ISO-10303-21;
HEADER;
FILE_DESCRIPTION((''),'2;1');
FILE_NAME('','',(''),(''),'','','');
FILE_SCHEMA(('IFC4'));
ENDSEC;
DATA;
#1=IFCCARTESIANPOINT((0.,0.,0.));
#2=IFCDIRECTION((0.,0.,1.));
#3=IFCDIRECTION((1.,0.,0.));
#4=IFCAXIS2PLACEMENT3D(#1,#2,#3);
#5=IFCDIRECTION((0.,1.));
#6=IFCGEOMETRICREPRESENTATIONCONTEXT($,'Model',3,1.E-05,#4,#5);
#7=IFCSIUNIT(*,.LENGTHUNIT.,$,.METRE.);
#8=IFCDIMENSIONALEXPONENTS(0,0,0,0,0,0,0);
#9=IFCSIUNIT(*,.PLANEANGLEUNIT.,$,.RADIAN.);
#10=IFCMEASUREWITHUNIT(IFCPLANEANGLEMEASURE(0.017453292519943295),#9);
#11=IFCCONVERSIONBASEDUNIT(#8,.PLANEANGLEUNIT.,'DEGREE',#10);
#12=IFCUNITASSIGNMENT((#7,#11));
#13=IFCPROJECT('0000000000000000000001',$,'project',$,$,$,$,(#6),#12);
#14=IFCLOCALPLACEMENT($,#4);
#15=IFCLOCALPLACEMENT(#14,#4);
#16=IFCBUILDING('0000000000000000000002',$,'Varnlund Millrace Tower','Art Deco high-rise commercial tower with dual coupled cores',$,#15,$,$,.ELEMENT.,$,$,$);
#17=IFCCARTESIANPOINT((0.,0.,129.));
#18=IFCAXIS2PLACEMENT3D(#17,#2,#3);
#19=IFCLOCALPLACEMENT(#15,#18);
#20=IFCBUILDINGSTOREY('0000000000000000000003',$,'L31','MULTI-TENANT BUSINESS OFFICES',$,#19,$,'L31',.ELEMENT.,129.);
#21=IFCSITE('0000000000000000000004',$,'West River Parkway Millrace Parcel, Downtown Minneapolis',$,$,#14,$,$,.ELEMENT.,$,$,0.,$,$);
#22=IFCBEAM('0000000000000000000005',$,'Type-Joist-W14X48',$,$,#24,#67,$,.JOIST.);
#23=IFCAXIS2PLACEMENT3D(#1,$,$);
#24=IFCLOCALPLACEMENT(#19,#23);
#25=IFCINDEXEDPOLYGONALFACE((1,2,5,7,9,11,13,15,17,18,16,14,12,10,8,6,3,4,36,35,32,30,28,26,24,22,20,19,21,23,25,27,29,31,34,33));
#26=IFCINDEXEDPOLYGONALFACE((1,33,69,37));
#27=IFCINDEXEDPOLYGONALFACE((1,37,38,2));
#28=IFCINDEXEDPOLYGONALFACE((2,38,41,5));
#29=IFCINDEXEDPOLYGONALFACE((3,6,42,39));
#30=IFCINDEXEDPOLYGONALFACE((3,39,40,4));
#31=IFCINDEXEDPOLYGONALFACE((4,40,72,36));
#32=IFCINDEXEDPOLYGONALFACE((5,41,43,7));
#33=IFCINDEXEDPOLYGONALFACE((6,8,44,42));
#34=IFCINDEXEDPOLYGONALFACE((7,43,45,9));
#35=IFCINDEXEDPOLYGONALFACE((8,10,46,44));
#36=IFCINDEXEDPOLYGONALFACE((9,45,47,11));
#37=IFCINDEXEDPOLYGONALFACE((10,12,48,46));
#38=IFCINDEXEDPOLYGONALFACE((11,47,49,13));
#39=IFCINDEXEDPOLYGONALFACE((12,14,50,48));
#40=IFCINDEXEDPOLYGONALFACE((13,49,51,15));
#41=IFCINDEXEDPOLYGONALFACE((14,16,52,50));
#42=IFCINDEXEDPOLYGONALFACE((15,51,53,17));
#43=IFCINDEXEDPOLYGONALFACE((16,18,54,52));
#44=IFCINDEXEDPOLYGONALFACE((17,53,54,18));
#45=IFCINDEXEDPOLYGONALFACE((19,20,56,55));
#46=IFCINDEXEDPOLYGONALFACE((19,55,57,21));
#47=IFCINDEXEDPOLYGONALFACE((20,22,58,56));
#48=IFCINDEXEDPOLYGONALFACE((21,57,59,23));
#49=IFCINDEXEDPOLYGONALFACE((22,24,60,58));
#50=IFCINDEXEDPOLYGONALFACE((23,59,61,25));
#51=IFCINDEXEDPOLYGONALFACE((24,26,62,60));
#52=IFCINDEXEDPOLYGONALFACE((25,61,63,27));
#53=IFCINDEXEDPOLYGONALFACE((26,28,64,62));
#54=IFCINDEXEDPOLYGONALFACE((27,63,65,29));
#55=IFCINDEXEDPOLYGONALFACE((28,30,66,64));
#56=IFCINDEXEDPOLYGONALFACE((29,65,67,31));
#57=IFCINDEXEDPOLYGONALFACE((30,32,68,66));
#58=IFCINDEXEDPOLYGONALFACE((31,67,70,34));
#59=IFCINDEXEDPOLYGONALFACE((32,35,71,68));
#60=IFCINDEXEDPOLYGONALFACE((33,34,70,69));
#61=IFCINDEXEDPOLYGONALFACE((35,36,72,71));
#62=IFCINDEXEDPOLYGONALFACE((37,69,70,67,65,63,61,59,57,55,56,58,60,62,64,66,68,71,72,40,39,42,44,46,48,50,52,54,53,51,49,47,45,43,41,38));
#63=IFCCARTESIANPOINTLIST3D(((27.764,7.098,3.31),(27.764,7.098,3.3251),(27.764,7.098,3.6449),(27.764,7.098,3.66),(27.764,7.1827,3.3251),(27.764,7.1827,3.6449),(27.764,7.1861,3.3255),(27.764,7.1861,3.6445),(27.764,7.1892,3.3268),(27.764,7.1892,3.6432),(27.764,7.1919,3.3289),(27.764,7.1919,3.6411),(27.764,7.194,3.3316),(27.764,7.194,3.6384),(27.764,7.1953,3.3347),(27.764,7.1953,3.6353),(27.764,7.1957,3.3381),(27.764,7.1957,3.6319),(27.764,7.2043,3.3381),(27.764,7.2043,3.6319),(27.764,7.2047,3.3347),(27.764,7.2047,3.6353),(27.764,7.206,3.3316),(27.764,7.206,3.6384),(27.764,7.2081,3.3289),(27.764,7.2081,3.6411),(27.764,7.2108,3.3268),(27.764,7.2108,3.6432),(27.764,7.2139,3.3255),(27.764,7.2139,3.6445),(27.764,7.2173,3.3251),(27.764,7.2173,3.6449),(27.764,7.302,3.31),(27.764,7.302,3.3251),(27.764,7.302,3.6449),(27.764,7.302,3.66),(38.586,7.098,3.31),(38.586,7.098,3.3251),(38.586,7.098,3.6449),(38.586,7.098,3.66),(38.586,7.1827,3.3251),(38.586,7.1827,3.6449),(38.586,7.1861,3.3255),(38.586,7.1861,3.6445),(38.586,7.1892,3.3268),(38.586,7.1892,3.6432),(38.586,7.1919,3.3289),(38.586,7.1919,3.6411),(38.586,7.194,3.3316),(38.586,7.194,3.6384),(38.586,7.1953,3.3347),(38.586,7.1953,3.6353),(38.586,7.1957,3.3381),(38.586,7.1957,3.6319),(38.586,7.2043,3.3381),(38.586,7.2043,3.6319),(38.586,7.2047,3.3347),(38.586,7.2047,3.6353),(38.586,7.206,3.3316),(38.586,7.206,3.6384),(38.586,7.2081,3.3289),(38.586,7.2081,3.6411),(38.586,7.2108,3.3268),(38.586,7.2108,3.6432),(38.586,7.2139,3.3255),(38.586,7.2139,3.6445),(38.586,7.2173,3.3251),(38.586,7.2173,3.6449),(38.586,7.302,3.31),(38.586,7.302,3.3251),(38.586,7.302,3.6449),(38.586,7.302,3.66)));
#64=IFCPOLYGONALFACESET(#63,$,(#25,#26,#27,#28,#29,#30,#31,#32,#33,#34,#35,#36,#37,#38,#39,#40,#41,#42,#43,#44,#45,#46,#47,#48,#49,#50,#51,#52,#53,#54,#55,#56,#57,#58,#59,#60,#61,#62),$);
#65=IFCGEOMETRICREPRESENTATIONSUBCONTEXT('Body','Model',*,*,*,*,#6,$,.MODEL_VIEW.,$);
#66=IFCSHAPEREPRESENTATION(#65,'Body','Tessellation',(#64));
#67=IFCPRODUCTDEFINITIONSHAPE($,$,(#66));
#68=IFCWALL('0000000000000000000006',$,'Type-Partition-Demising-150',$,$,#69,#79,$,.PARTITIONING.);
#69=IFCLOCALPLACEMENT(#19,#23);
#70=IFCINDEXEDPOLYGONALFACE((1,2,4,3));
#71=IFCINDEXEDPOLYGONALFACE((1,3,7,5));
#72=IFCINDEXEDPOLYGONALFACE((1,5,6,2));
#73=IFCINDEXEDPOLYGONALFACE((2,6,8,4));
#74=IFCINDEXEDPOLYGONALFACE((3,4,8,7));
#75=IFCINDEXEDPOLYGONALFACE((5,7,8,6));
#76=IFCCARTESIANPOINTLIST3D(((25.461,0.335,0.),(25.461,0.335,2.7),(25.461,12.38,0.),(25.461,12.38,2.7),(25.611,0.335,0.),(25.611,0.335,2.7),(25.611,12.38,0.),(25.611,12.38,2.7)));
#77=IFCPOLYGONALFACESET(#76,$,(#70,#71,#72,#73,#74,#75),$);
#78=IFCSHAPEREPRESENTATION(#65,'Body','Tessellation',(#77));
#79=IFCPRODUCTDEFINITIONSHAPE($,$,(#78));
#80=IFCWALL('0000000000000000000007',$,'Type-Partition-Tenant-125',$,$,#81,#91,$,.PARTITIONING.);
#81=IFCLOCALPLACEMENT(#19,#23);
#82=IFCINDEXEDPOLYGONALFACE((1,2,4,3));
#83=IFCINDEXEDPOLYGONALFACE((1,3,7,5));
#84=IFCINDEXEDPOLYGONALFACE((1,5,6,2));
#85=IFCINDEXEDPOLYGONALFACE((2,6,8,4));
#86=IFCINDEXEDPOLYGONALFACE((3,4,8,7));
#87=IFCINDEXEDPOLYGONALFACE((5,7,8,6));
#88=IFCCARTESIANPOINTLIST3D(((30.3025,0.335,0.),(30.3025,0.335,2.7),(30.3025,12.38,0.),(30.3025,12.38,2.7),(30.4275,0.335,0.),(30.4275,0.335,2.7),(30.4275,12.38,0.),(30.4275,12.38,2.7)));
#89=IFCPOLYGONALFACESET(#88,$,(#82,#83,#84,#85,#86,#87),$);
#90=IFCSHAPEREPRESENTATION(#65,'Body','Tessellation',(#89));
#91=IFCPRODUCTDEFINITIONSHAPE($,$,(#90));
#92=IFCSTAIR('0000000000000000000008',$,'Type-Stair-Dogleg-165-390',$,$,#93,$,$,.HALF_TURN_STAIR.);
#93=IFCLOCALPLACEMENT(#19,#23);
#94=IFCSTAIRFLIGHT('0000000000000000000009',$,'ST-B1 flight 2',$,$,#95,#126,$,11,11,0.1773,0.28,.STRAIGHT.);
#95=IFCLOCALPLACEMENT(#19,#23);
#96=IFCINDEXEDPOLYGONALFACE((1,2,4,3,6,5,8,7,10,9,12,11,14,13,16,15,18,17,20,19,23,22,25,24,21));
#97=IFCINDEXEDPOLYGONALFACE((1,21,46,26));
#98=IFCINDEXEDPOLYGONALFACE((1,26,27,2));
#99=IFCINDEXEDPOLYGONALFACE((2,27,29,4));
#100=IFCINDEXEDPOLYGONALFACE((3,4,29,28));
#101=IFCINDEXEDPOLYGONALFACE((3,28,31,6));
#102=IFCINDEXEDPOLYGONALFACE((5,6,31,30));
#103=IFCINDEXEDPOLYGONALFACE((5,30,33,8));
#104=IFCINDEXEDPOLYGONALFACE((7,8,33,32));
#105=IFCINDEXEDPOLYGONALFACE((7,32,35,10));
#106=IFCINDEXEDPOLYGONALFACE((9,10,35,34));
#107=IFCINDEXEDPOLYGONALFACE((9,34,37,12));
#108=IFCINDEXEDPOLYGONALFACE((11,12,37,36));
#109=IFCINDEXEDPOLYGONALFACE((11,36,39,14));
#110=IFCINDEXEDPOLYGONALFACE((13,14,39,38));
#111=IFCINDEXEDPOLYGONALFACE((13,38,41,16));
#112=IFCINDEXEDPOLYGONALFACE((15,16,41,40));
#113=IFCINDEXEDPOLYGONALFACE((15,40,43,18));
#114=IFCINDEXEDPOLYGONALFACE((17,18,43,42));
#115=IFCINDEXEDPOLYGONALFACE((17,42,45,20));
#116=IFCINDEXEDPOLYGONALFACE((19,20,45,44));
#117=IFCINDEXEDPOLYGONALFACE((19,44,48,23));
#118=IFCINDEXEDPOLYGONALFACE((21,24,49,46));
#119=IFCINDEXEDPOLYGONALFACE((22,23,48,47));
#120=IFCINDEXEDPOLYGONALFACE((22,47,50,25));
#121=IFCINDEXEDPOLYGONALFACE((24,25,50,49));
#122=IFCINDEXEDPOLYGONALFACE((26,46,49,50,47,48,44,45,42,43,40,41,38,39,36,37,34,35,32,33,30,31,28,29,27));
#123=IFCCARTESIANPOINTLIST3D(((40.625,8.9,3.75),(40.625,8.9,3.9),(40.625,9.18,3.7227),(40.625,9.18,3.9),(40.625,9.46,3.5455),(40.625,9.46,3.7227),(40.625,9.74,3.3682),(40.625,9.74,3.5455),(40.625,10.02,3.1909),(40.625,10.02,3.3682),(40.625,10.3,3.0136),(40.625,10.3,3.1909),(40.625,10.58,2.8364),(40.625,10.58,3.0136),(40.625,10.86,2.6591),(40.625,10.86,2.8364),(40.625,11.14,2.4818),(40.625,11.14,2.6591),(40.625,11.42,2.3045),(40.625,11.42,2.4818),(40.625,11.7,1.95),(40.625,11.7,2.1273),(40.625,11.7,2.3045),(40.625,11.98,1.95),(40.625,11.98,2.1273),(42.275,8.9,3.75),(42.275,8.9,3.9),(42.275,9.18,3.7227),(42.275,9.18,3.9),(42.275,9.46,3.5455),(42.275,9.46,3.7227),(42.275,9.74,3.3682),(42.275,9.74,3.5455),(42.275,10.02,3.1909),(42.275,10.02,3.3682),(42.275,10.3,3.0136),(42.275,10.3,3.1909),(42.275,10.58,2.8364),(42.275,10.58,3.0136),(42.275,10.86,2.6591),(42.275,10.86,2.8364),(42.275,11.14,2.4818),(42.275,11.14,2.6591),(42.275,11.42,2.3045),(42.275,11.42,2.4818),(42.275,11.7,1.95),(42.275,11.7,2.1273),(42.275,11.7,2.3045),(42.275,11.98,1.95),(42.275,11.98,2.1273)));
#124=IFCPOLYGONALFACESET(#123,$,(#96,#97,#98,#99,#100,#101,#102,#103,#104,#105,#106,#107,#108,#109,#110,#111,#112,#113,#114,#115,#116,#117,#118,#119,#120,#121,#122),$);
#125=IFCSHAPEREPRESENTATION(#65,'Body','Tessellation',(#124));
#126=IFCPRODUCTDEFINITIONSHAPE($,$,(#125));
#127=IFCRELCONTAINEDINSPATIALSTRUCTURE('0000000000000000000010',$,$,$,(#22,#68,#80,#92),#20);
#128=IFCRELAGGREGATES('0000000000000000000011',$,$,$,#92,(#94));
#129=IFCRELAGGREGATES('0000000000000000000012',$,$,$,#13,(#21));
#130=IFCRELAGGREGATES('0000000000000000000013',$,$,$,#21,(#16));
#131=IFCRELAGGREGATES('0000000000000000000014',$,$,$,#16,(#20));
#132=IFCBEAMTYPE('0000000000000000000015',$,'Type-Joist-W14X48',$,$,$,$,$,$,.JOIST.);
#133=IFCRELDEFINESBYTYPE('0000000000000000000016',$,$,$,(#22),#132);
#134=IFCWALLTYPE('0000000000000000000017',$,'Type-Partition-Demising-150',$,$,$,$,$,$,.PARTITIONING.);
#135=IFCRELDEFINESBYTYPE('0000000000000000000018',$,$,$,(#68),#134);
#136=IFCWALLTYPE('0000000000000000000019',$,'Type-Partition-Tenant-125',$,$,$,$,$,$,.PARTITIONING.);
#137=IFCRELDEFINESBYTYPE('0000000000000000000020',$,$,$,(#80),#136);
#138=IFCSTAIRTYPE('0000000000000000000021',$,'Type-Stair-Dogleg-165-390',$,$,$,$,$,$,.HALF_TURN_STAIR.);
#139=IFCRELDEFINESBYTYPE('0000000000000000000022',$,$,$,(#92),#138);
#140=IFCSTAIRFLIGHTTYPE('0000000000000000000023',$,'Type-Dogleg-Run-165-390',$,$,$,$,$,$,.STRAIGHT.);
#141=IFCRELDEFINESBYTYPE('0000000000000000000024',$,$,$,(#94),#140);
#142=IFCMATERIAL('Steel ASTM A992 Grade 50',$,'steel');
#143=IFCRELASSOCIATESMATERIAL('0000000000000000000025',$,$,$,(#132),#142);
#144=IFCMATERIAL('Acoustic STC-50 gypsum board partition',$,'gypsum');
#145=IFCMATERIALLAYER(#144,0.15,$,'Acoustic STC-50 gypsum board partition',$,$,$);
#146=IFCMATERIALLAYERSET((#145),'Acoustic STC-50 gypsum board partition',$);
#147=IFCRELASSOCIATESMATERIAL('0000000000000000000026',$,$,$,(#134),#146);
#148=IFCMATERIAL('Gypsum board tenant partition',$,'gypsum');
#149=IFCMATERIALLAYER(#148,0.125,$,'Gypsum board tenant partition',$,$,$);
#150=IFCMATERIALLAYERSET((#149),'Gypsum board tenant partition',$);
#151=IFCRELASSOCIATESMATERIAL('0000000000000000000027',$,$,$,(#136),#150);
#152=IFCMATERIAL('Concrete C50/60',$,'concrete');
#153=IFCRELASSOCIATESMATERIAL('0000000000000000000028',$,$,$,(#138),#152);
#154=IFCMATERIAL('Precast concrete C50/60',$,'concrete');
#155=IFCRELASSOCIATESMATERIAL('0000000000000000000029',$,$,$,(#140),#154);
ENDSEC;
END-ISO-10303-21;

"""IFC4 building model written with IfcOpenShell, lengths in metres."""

from ifc_helpers import new_model, entity, si_unit, converted_unit, direction, frame, origin_with_axes, origin_2d_with_axis, place, context, subcontext, project, spatial, polyline, i_section, outline, extrude, material, layer, layer_set, material_profile, profile_set, type_object, element, aggregate, save


model = new_model("IFC4")

# Units and contexts
model_context = context("Model", 3, precision=1e-05, world=origin_with_axes(), true_north=direction((0.0, 1.0)))
body_context = subcontext(model_context, "Body", "Model", "MODEL_VIEW")
ifc_project = project(units=[si_unit("LENGTHUNIT", "METRE"), converted_unit("PLANEANGLEUNIT", "DEGREE", entity("IfcPlaneAngleMeasure", 0.017453292519943295), si_unit("PLANEANGLEUNIT", "RADIAN"), dimensions=[0, 0, 0, 0, 0, 0, 0])], contexts=[model_context])

# Site, building, storey
site_placement = place(None, origin_with_axes())
site = spatial("IfcSite", under=ifc_project, at=site_placement, Name="West River Parkway Millrace Parcel, Downtown Minneapolis", CompositionType="ELEMENT", RefElevation=0.0)
building_placement = place(site_placement, origin_with_axes())
building = spatial("IfcBuilding", under=site, at=building_placement, Name="Varnlund Millrace Tower", Description="Art Deco high-rise commercial tower with dual coupled cores", CompositionType="ELEMENT")
storey_placement = place(building_placement, frame((0.0, 0.0, 129.0), z_axis=(0.0, 0.0, 1.0), x_axis=(1.0, 0.0, 0.0)))
storey = spatial("IfcBuildingStorey", under=building, at=storey_placement, Name="L31", Description="MULTI-TENANT BUSINESS OFFICES", LongName="L31", CompositionType="ELEMENT", Elevation=129.0)

# Beam
ifc_material_1 = material(Name="Steel ASTM A992 Grade 50", Category="steel")
ifc_material_profile_1 = material_profile(ifc_material_1, i_section(OverallWidth=0.204, OverallDepth=0.35, WebThickness=0.0086, FlangeThickness=0.0151, FilletRadius=0.013, at=origin_2d_with_axis()), Name="Steel ASTM A992 Grade 50")
ifc_profile_set_1 = profile_set([ifc_material_profile_1], Name="Steel ASTM A992 Grade 50")
beam_type_1 = type_object("IfcBeamType", Name="Type-Joist-W14X48", PredefinedType="JOIST", material=ifc_profile_set_1)
beam_1_placement = place(storey_placement, frame((27.764, 7.2, 3.485), z_axis=(1.0, 0.0, 0.0), x_axis=(0.0, 1.0, 0.0)))
element("IfcBeam", 1, at=beam_1_placement, inside=storey, type_object=beam_type_1, Name="Type-Joist-W14X48", PredefinedType="JOIST", context=body_context, shape_type="SweptSolid", body=[
    extrude(i_section(OverallWidth=0.204, OverallDepth=0.35, WebThickness=0.0086, FlangeThickness=0.0151, FilletRadius=0.013, at=origin_2d_with_axis()), origin_with_axes(), (0.0, 0.0, 1.0), 10.822),
])

# Walls
ifc_material_2 = material(Name="Acoustic STC-50 gypsum board partition", Category="gypsum")
ifc_layer_1 = layer(ifc_material_2, 0.15, Name="Acoustic STC-50 gypsum board partition")
ifc_layer_set_1 = layer_set([ifc_layer_1], Name="Acoustic STC-50 gypsum board partition")
wall_type_1 = type_object("IfcWallType", Name="Type-Partition-Demising-150", PredefinedType="PARTITIONING", material=ifc_layer_set_1)
wall_1_placement = place(storey_placement, frame((25.536, 0.335, 0.0), z_axis=(0.0, 0.0, 1.0), x_axis=(0.0, 1.0, 0.0)))
element("IfcWall", 2, at=wall_1_placement, inside=storey, type_object=wall_type_1, Name="Type-Partition-Demising-150", PredefinedType="PARTITIONING", context=body_context, shape_type="SweptSolid", body=[
    extrude(outline(polyline([(0.0, -0.075), (12.045, -0.075), (12.045, 0.075), (0.0, 0.075), (0.0, -0.075)])), origin_with_axes(), (0.0, 0.0, 1.0), 2.7),
])
ifc_material_3 = material(Name="Gypsum board tenant partition", Category="gypsum")
ifc_layer_2 = layer(ifc_material_3, 0.125, Name="Gypsum board tenant partition")
ifc_layer_set_2 = layer_set([ifc_layer_2], Name="Gypsum board tenant partition")
wall_type_2 = type_object("IfcWallType", Name="Type-Partition-Tenant-125", PredefinedType="PARTITIONING", material=ifc_layer_set_2)
wall_2_placement = place(storey_placement, frame((30.365, 0.335, 0.0), z_axis=(0.0, 0.0, 1.0), x_axis=(0.0, 1.0, 0.0)))
element("IfcWall", 3, at=wall_2_placement, inside=storey, type_object=wall_type_2, Name="Type-Partition-Tenant-125", PredefinedType="PARTITIONING", context=body_context, shape_type="SweptSolid", body=[
    extrude(outline(polyline([(0.0, -0.0625), (12.045, -0.0625), (12.045, 0.0625), (0.0, 0.0625), (0.0, -0.0625)])), origin_with_axes(), (0.0, 0.0, 1.0), 2.7),
])

# Stair, stair flight
ifc_material_4 = material(Name="Concrete C50/60", Category="concrete")
stair_type = type_object("IfcStairType", Name="Type-Stair-Dogleg-165-390", PredefinedType="HALF_TURN_STAIR", material=ifc_material_4)
stair_placement = place(storey_placement, origin_with_axes())
stair = element("IfcStair", 4, at=stair_placement, inside=storey, type_object=stair_type, Name="Type-Stair-Dogleg-165-390", PredefinedType="HALF_TURN_STAIR")
ifc_material_5 = material(Name="Precast concrete C50/60", Category="concrete")
stair_flight_type = type_object("IfcStairFlightType", Name="Type-Dogleg-Run-165-390", PredefinedType="STRAIGHT", material=ifc_material_5)
stair_flight_placement = place(storey_placement, frame((42.275, 11.98, 1.95), z_axis=(-1.0, 0.0, 0.0), x_axis=(0.0, -1.0, 0.0)))
stair_flight = element("IfcStairFlight", 5, at=stair_flight_placement, type_object=stair_flight_type, Name="ST-B1 flight 2", NumberOfRisers=11, NumberOfTreads=11, PredefinedType="STRAIGHT", RiserHeight=0.1773, TreadLength=0.28, context=body_context, shape_type="SweptSolid", body=[
    extrude(outline(polyline([(0.0, 0.0), (0.0, 0.1773), (0.28, 0.1773), (0.28, 0.3545), (0.56, 0.3545), (0.56, 0.5318), (0.84, 0.5318), (0.84, 0.7091), (1.12, 0.7091), (1.12, 0.8864), (1.4, 0.8864), (1.4, 1.0636), (1.68, 1.0636), (1.68, 1.2409), (1.96, 1.2409), (1.96, 1.4182), (2.24, 1.4182), (2.24, 1.5955), (2.52, 1.5955), (2.52, 1.7727), (2.8, 1.7727), (2.8, 1.95), (3.08, 1.95), (3.08, 1.8), (0.28, 0.0), (0.0, 0.0)])), origin_with_axes(), (0.0, 0.0, 1.0), 1.65),
])
aggregate(stair, [stair_flight])

save(model, "model.ifc")
